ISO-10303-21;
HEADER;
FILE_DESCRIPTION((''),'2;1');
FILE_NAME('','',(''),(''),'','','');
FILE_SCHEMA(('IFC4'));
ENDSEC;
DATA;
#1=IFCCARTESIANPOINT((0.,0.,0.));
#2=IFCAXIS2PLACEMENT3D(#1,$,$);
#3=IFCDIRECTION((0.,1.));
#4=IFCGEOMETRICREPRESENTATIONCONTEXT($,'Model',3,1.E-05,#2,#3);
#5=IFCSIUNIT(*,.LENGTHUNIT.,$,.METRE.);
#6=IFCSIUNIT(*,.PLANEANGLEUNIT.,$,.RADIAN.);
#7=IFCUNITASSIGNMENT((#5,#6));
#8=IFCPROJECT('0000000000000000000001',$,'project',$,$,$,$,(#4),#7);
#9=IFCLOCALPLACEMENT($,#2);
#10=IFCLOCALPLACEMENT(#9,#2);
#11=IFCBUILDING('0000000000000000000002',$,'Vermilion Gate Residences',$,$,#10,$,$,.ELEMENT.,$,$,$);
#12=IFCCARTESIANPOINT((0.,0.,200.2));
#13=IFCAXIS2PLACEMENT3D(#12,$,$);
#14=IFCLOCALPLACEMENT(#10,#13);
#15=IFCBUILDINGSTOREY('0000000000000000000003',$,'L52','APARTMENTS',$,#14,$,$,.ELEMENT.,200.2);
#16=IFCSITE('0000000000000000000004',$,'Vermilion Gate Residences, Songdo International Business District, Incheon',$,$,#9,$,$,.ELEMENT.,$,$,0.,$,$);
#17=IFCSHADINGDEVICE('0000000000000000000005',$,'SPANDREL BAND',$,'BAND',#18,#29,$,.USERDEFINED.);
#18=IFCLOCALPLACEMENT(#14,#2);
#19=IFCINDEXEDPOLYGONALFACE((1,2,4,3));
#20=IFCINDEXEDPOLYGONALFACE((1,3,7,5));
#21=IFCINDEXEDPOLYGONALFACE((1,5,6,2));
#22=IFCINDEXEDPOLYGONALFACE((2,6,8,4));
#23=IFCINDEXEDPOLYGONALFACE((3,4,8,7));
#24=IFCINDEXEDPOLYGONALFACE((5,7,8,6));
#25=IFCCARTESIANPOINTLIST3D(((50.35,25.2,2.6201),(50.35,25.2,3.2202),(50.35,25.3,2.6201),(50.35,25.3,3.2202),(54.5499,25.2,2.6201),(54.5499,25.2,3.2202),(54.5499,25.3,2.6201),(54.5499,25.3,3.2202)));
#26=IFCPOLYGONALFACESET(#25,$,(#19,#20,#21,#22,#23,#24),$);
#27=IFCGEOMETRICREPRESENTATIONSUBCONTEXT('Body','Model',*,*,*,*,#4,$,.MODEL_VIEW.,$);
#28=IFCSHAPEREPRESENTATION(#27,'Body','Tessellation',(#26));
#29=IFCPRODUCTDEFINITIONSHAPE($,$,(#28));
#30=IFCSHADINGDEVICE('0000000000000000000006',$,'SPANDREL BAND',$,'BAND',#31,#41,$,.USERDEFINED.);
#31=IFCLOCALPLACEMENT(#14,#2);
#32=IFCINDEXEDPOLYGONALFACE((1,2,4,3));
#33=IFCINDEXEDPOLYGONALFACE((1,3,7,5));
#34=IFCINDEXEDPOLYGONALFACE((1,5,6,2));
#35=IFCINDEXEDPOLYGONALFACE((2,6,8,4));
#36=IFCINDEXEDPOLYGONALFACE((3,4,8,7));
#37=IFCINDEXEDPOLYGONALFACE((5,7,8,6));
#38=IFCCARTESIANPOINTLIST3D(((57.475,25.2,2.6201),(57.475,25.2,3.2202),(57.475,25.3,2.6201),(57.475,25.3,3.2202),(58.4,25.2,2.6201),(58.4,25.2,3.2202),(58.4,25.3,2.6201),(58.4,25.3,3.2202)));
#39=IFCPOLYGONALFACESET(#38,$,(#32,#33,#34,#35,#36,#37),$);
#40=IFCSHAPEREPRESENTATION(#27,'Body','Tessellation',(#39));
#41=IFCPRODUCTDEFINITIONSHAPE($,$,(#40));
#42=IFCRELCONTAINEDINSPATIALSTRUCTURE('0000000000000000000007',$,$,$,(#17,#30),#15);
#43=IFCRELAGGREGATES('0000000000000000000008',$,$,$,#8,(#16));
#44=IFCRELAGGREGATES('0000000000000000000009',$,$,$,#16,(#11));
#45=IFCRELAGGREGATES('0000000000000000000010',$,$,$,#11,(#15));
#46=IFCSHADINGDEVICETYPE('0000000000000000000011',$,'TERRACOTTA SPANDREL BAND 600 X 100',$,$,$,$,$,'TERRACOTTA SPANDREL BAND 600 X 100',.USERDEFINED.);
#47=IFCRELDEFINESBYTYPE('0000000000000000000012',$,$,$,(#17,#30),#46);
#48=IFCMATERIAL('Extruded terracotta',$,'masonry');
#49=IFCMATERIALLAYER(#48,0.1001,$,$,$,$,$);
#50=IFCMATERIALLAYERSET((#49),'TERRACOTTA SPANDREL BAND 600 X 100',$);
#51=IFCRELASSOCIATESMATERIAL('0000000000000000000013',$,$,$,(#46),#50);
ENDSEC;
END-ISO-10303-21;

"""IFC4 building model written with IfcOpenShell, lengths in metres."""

from ifc_helpers import new_model, si_unit, direction, frame, origin, origin_2d, place, context, subcontext, project, spatial, rectangle, extrude, material, layer, layer_set, type_object, element, save


model = new_model("IFC4")

# Units and contexts
model_context = context("Model", 3, precision=1e-05, world=origin(), true_north=direction((0.0, 1.0)))
body_context = subcontext(model_context, "Body", "Model", "MODEL_VIEW")
ifc_project = project(units=[si_unit("LENGTHUNIT", "METRE"), si_unit("PLANEANGLEUNIT", "RADIAN")], contexts=[model_context])

# Site, building, storey
site_placement = place(None, origin())
site = spatial("IfcSite", under=ifc_project, at=site_placement, Name="Vermilion Gate Residences, Songdo International Business District, Incheon", CompositionType="ELEMENT", RefElevation=0.0)
building_placement = place(site_placement, origin())
building = spatial("IfcBuilding", under=site, at=building_placement, Name="Vermilion Gate Residences", CompositionType="ELEMENT")
storey_placement = place(building_placement, frame((0.0, 0.0, 200.2)))
storey = spatial("IfcBuildingStorey", under=building, at=storey_placement, Name="L52", Description="APARTMENTS", CompositionType="ELEMENT", Elevation=200.2)

# Shading devices
ifc_material_1 = material(Name="Extruded terracotta", Category="masonry")
ifc_layer_1 = layer(ifc_material_1, 0.1001)
ifc_layer_set_1 = layer_set([ifc_layer_1], Name="TERRACOTTA SPANDREL BAND 600 X 100")
shading_device_type_1 = type_object("IfcShadingDeviceType", Name="TERRACOTTA SPANDREL BAND 600 X 100", ElementType="TERRACOTTA SPANDREL BAND 600 X 100", PredefinedType="USERDEFINED", material=ifc_layer_set_1)
shading_device_1_placement = place(storey_placement, frame((52.45, 25.25, 2.6201), z_axis=(0.0, 0.0, 1.0), x_axis=(1.0, 0.0, 0.0)))
element("IfcShadingDevice", 1, at=shading_device_1_placement, inside=storey, type_object=shading_device_type_1, Name="SPANDREL BAND", ObjectType="BAND", PredefinedType="USERDEFINED", context=body_context, shape_type="SweptSolid", body=[
    extrude(rectangle(XDim=4.2, YDim=0.1001, at=origin_2d()), origin(), (0.0, 0.0, 1.0), 0.6001),
])
shading_device_2_placement = place(storey_placement, frame((57.9375, 25.25, 2.6201), z_axis=(0.0, 0.0, 1.0), x_axis=(1.0, 0.0, 0.0)))
element("IfcShadingDevice", 2, at=shading_device_2_placement, inside=storey, type_object=shading_device_type_1, Name="SPANDREL BAND", ObjectType="BAND", PredefinedType="USERDEFINED", context=body_context, shape_type="SweptSolid", body=[
    extrude(rectangle(XDim=0.925, YDim=0.1001, at=origin_2d()), origin(), (0.0, 0.0, 1.0), 0.6001),
])

save(model, "model.ifc")
